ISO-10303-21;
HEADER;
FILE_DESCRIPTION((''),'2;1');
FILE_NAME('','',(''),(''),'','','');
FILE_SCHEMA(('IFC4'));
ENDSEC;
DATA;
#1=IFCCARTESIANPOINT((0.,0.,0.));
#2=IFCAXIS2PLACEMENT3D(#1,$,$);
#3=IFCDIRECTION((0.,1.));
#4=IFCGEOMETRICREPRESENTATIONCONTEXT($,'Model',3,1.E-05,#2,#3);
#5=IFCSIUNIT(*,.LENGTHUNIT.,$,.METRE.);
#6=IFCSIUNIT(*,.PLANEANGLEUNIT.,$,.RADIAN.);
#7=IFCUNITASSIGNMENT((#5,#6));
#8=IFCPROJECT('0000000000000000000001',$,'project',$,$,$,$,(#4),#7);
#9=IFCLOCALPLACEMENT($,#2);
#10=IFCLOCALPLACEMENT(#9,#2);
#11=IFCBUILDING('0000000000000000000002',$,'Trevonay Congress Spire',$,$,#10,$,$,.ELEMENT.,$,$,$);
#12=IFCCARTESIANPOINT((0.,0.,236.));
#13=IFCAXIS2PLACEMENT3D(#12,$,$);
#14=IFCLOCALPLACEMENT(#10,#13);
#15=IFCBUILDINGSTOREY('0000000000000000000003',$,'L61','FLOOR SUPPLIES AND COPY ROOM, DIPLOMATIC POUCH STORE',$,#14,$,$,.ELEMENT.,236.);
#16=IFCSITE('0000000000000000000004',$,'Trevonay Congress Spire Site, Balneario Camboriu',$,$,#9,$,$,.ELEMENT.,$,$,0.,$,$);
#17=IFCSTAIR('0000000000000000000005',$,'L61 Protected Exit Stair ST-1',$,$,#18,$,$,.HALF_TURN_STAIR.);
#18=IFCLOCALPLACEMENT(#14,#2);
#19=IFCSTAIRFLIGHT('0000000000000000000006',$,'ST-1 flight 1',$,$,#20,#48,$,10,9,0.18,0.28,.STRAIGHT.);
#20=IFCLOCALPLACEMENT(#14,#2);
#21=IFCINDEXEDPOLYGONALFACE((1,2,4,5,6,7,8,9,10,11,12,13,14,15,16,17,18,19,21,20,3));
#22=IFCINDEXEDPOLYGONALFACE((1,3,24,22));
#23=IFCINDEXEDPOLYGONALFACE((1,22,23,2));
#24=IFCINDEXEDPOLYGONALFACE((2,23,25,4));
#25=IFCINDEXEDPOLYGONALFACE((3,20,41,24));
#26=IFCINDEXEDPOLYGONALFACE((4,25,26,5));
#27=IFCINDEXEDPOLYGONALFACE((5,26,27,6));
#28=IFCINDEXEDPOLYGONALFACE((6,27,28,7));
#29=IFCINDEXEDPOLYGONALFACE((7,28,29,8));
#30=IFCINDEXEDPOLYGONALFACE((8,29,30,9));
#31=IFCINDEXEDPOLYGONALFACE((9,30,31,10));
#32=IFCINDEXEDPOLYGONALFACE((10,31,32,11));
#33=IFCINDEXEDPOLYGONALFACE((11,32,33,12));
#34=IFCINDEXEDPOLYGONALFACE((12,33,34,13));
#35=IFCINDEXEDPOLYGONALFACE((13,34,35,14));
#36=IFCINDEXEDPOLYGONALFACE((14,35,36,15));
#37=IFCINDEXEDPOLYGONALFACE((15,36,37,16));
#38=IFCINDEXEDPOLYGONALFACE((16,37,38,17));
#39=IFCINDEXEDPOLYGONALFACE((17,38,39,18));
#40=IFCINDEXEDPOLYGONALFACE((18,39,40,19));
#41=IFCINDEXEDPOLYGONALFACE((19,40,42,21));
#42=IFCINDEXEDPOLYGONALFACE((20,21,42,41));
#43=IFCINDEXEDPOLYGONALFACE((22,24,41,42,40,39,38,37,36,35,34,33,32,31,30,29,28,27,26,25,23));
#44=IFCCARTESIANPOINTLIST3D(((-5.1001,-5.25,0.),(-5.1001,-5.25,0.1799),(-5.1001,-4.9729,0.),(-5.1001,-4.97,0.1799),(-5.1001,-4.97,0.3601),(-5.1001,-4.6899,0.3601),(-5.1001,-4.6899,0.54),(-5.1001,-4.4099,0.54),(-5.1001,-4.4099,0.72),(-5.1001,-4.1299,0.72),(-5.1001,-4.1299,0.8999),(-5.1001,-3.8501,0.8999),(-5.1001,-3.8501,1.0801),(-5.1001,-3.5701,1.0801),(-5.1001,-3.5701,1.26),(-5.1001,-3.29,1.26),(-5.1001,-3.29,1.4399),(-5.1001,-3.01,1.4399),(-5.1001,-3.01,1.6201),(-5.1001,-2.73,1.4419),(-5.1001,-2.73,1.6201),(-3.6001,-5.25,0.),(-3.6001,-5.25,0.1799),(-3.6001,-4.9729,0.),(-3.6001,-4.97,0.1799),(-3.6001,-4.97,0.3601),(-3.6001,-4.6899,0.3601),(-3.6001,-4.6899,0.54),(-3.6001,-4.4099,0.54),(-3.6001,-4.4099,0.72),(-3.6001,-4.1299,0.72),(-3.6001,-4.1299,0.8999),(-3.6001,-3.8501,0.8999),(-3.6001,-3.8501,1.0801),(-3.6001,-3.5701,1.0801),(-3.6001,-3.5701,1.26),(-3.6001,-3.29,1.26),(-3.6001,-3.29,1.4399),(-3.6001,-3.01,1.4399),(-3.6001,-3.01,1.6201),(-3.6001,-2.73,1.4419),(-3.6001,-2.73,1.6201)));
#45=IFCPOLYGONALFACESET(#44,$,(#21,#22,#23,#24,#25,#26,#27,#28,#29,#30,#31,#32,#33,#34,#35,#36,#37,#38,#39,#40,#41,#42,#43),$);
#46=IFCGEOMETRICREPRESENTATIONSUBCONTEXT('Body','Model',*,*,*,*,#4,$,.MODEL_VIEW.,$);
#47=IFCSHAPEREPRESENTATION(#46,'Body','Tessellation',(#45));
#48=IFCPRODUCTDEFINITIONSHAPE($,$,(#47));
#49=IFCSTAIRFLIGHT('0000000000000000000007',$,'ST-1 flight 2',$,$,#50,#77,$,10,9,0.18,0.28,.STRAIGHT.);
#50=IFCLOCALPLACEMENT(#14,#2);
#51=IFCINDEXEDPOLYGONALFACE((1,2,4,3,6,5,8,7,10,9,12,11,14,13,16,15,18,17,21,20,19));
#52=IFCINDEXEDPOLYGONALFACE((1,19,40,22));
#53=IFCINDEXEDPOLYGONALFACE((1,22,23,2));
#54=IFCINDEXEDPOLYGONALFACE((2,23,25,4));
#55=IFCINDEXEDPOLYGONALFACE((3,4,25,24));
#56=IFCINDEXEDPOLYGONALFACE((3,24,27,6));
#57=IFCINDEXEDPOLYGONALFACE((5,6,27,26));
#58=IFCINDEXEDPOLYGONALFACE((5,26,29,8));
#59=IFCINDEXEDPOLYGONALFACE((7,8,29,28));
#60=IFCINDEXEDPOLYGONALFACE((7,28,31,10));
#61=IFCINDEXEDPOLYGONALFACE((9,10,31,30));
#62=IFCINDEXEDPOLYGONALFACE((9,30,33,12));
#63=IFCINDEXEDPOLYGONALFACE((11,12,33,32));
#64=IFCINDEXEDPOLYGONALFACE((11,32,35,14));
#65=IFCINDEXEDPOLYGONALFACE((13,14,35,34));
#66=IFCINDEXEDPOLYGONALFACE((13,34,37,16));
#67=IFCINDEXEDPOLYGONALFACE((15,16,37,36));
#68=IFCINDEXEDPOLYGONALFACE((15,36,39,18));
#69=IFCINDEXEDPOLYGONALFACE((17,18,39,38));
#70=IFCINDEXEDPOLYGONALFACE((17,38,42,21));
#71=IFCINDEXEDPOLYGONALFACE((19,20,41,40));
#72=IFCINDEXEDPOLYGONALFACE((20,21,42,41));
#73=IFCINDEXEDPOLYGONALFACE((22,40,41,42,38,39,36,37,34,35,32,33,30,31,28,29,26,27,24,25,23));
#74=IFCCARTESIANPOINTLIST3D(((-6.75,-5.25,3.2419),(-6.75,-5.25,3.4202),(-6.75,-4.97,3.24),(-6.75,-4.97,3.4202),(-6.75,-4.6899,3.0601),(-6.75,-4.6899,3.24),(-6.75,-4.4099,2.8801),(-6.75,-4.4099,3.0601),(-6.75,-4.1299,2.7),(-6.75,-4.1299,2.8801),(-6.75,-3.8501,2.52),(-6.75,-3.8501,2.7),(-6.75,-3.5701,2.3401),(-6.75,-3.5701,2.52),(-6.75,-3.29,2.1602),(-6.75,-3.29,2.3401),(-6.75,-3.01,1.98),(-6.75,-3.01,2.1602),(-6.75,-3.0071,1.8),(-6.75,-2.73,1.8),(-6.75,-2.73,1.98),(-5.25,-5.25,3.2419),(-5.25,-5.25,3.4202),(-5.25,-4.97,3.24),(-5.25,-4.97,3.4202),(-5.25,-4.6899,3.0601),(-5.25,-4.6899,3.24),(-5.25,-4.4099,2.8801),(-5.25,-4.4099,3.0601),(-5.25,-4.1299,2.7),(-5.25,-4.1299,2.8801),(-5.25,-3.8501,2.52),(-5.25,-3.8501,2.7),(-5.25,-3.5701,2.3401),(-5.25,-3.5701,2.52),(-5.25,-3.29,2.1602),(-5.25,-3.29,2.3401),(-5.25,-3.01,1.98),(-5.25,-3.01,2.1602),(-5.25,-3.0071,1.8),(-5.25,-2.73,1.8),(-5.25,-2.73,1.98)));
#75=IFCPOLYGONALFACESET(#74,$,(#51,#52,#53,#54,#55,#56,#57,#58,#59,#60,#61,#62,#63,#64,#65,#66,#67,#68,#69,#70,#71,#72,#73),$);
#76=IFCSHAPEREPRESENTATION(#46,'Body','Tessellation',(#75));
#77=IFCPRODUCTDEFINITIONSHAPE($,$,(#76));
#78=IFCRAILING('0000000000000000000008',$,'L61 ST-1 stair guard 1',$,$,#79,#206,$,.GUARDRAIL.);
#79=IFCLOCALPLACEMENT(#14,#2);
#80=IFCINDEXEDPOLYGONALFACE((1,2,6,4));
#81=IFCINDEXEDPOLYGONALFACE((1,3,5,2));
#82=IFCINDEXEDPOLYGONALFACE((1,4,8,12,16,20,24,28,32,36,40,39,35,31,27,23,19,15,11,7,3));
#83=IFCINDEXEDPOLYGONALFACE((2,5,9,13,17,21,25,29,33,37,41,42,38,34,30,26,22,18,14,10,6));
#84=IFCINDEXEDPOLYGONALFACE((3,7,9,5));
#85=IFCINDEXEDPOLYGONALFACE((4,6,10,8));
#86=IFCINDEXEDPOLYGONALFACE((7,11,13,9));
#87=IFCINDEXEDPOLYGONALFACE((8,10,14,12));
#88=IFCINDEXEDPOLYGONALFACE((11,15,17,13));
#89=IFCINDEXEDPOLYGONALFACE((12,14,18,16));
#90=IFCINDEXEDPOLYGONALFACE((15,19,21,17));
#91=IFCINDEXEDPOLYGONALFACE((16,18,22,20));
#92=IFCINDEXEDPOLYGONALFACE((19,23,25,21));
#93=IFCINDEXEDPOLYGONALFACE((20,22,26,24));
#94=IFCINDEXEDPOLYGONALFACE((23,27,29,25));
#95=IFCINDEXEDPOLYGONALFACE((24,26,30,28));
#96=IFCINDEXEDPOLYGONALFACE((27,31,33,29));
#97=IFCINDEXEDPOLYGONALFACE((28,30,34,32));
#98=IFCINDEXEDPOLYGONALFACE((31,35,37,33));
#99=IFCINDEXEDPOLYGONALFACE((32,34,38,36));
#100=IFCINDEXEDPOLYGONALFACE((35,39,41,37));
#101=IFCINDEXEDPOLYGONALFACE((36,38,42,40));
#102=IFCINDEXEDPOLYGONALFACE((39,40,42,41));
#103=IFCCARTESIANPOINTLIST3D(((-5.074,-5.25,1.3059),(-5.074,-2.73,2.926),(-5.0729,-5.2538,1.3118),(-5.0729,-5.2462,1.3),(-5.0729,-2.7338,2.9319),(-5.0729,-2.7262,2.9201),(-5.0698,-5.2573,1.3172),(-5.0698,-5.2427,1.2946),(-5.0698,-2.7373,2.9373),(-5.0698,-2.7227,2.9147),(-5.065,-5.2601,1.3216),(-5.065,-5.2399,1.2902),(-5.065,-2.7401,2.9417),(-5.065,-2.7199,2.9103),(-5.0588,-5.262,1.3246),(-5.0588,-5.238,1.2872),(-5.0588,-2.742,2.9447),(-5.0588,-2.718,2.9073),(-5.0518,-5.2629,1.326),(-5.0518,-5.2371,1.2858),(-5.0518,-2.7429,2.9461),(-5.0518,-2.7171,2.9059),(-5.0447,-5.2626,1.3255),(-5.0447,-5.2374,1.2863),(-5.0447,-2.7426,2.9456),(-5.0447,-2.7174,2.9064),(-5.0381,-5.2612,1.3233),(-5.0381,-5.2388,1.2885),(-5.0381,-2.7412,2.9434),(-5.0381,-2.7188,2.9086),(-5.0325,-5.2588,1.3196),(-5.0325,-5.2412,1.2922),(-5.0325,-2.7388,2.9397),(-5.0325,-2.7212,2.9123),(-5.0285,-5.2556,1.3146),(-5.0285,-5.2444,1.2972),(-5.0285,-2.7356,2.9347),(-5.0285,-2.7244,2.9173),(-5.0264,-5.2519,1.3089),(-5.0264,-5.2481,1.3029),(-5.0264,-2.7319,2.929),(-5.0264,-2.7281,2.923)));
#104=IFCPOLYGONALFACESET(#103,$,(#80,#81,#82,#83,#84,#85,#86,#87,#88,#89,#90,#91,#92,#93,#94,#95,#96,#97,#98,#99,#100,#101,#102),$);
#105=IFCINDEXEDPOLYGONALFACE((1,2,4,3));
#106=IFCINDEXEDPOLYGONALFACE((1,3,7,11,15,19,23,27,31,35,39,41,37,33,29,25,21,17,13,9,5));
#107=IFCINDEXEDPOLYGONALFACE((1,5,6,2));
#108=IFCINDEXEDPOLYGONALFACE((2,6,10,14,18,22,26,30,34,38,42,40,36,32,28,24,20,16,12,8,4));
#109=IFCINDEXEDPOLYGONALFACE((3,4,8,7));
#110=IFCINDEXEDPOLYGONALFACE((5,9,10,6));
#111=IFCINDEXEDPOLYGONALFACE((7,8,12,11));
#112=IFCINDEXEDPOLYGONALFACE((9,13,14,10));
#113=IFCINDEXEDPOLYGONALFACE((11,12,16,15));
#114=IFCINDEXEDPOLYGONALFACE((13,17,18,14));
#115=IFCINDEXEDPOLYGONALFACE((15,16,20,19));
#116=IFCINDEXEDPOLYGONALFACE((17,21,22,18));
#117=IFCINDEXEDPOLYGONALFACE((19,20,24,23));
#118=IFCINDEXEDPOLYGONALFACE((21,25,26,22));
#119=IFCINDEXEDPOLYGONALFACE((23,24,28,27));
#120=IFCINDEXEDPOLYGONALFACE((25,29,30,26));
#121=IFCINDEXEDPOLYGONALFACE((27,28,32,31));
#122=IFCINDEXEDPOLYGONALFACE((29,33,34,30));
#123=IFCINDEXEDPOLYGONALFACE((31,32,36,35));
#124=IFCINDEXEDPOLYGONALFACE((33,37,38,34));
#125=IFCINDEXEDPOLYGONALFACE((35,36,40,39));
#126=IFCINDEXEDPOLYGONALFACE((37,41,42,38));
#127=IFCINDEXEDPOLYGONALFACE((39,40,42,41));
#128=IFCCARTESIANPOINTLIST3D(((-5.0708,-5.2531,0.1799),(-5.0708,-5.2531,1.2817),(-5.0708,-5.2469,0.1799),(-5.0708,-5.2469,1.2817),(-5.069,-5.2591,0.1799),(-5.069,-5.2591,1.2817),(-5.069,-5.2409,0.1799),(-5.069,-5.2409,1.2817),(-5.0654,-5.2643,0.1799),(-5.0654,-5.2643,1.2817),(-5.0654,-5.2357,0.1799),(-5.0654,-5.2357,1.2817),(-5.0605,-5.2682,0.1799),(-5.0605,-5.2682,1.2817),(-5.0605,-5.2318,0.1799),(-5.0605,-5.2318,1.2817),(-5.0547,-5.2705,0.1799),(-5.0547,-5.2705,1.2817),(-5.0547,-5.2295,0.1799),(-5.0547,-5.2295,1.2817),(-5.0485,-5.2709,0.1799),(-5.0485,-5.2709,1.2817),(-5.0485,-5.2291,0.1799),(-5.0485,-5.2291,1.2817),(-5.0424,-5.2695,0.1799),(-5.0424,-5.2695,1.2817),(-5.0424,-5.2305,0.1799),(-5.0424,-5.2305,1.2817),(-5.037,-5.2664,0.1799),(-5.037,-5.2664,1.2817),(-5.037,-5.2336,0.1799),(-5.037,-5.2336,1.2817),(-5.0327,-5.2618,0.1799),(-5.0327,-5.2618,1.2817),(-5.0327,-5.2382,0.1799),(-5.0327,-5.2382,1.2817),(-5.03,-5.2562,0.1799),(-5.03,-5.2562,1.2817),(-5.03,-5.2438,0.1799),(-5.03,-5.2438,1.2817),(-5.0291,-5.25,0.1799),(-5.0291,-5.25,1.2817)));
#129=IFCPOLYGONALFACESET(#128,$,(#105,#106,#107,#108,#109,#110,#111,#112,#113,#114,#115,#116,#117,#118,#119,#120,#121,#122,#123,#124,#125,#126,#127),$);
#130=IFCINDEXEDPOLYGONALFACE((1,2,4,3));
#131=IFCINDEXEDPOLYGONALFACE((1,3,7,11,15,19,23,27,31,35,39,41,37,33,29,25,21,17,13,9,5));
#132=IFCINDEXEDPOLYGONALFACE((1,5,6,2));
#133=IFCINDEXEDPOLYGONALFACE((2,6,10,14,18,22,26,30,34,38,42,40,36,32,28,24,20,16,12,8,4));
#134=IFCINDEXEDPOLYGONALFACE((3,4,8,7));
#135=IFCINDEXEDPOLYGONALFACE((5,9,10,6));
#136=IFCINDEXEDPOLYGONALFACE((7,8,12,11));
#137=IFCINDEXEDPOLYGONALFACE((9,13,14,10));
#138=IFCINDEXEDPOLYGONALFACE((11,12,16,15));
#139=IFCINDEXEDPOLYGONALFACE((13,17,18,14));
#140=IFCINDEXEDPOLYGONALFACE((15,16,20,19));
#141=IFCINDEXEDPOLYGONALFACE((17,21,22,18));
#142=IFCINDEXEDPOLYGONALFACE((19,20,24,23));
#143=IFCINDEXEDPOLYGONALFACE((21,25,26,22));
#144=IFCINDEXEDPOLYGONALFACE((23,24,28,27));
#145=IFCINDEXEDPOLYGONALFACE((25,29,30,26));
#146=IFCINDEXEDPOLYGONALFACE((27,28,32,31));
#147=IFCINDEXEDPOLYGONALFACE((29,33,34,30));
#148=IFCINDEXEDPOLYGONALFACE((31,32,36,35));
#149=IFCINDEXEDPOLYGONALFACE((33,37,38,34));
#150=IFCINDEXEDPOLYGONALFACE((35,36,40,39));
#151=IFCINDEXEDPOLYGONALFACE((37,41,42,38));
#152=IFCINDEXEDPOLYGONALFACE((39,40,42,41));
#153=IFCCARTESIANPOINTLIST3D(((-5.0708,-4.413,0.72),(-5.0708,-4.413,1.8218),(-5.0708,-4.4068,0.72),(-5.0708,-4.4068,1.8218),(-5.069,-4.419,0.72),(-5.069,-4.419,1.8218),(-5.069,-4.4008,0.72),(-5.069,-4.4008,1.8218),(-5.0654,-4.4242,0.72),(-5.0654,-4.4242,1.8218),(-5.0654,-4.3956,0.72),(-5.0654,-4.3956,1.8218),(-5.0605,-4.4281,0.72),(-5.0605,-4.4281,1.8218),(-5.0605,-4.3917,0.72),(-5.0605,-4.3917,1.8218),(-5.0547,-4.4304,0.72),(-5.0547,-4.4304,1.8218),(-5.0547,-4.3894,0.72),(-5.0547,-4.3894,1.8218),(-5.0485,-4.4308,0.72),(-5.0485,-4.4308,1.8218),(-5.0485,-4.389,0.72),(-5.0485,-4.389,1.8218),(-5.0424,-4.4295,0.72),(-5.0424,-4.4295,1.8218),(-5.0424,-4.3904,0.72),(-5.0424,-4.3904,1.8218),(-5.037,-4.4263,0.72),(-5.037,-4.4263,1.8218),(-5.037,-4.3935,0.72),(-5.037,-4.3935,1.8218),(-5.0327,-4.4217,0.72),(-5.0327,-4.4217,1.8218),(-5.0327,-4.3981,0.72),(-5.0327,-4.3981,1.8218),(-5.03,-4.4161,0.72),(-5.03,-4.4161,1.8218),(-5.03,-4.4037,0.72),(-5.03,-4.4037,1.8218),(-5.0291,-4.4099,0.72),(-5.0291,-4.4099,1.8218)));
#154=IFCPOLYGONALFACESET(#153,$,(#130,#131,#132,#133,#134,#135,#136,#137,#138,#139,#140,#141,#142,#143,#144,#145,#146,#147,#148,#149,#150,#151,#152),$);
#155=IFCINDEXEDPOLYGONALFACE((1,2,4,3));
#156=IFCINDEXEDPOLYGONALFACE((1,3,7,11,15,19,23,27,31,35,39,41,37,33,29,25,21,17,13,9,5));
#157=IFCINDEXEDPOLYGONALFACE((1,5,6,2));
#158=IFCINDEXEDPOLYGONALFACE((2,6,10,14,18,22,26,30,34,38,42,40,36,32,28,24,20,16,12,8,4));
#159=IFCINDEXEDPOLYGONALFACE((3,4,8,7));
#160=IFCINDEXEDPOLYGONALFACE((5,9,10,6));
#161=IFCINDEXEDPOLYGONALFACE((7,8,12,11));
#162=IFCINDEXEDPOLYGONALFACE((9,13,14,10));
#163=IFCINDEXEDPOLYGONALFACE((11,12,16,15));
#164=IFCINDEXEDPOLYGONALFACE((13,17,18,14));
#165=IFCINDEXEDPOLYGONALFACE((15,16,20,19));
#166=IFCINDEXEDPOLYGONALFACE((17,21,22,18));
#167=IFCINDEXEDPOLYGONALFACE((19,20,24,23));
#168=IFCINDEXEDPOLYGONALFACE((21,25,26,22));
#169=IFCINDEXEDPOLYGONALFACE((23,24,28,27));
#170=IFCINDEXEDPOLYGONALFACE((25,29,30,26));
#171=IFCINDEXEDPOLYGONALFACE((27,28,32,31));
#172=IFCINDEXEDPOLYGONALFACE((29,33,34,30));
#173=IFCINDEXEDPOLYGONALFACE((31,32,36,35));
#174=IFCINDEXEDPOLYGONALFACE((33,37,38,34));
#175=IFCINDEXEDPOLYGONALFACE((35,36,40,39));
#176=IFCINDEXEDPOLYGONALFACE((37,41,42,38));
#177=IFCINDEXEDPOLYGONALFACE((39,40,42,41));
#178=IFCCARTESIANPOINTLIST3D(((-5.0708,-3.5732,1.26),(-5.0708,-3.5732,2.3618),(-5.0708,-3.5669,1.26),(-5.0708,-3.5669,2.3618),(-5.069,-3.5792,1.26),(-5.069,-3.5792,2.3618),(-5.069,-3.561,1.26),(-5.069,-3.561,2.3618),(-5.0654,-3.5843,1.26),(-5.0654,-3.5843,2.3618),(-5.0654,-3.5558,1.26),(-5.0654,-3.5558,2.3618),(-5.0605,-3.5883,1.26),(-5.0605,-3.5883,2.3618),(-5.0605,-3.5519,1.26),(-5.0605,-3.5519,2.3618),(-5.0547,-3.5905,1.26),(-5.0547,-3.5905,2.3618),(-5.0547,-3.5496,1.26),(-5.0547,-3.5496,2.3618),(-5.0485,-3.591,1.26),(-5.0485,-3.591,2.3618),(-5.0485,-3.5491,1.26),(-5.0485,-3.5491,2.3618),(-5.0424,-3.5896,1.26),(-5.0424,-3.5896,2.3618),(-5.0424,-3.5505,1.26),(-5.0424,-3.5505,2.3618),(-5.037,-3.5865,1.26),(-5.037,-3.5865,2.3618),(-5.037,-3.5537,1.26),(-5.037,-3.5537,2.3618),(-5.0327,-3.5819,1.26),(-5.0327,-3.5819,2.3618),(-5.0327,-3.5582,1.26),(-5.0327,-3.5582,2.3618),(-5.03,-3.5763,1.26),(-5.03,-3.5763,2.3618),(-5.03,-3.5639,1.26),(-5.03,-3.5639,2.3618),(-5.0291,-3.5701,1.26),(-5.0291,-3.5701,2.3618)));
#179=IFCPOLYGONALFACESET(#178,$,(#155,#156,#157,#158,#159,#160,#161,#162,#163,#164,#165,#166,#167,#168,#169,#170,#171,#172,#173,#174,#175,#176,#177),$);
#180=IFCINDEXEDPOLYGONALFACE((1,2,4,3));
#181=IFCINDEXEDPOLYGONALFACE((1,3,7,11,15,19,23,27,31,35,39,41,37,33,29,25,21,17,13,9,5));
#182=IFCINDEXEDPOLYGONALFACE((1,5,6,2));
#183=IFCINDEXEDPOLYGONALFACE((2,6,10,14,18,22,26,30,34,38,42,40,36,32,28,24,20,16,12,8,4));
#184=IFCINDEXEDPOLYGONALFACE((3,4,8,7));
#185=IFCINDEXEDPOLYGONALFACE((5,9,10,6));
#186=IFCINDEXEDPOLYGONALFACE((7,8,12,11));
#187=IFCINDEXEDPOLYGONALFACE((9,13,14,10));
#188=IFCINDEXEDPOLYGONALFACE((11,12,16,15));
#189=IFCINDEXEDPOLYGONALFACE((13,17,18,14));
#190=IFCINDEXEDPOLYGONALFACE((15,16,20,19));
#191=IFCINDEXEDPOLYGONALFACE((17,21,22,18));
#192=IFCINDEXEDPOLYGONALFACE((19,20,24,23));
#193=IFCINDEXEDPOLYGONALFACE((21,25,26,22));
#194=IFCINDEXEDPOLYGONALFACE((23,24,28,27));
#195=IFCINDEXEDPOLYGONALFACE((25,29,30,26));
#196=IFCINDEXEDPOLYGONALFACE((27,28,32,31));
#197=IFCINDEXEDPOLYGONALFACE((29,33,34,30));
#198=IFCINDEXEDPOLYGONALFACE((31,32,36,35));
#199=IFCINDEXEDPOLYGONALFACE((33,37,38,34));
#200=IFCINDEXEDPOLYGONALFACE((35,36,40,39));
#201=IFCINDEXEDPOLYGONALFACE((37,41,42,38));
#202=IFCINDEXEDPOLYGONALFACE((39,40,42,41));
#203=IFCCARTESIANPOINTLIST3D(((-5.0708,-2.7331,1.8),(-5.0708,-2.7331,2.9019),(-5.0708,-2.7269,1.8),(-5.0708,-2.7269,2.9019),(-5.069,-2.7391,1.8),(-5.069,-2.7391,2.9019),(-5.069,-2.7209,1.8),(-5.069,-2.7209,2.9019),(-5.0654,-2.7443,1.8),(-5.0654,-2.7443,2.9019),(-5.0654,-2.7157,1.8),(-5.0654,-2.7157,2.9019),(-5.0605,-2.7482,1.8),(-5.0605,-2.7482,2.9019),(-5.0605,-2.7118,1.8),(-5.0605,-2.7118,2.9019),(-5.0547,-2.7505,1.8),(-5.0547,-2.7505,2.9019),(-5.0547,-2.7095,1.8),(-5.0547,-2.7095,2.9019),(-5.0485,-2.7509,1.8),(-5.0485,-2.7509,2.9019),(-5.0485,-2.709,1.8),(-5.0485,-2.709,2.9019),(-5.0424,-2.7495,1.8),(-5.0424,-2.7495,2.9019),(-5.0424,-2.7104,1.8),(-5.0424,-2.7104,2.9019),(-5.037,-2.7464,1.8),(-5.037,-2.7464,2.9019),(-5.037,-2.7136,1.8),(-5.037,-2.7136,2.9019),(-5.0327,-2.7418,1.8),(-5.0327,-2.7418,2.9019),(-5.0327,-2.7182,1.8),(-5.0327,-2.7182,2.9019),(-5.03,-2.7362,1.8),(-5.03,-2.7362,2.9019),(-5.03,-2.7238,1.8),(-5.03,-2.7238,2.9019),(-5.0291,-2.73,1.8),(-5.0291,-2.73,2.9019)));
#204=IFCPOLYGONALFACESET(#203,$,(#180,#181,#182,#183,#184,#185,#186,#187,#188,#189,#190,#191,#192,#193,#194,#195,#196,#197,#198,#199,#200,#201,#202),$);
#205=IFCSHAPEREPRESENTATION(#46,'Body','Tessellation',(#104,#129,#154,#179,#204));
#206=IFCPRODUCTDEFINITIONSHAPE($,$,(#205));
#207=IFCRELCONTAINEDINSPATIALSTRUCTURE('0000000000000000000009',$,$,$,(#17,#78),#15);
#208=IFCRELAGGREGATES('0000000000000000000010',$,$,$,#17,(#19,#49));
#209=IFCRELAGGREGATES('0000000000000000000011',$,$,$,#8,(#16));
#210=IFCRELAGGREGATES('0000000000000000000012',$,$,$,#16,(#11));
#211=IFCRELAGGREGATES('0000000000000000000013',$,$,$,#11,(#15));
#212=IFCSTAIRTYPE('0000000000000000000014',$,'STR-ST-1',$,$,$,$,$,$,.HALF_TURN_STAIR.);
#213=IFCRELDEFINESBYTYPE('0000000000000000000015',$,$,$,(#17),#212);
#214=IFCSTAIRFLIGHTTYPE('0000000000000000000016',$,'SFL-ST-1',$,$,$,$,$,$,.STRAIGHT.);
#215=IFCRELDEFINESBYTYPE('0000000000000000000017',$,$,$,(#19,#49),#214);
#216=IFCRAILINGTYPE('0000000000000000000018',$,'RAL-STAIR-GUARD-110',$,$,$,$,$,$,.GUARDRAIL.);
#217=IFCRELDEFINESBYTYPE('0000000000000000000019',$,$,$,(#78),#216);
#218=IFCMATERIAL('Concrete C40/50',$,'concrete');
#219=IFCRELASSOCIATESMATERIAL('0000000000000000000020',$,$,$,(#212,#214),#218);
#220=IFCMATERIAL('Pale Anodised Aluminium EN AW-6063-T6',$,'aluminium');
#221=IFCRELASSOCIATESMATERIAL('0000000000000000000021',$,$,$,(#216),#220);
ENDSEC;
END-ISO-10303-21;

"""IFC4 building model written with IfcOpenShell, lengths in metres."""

from ifc_helpers import new_model, si_unit, direction, frame, origin, origin_2d, place, context, subcontext, project, spatial, polyline, circle, outline, extrude, material, type_object, element, aggregate, save


model = new_model("IFC4")

# Units and contexts
model_context = context("Model", 3, precision=1e-05, world=origin(), true_north=direction((0.0, 1.0)))
body_context = subcontext(model_context, "Body", "Model", "MODEL_VIEW")
ifc_project = project(units=[si_unit("LENGTHUNIT", "METRE"), si_unit("PLANEANGLEUNIT", "RADIAN")], contexts=[model_context])

# Site, building, storey
site_placement = place(None, origin())
site = spatial("IfcSite", under=ifc_project, at=site_placement, Name="Trevonay Congress Spire Site, Balneario Camboriu", CompositionType="ELEMENT", RefElevation=0.0)
building_placement = place(site_placement, origin())
building = spatial("IfcBuilding", under=site, at=building_placement, Name="Trevonay Congress Spire", CompositionType="ELEMENT")
storey_placement = place(building_placement, frame((0.0, 0.0, 236.0)))
storey = spatial("IfcBuildingStorey", under=building, at=storey_placement, Name="L61", Description="FLOOR SUPPLIES AND COPY ROOM, DIPLOMATIC POUCH STORE", CompositionType="ELEMENT", Elevation=236.0)

# Shared definitions
ifc_material_1 = material(Name="Concrete C40/50", Category="concrete")

# Stair, stair flights
stair_type = type_object("IfcStairType", Name="STR-ST-1", PredefinedType="HALF_TURN_STAIR", material=ifc_material_1)
stair_placement = place(storey_placement, origin())
stair = element("IfcStair", 1, at=stair_placement, inside=storey, type_object=stair_type, Name="L61 Protected Exit Stair ST-1", PredefinedType="HALF_TURN_STAIR")
stair_flight_type = type_object("IfcStairFlightType", Name="SFL-ST-1", PredefinedType="STRAIGHT", material=ifc_material_1)
stair_flight_1_placement = place(storey_placement, frame((-4.3501, -5.25, 0.0), z_axis=(0.0, 0.0, 1.0), x_axis=(0.0, 1.0, 0.0)))
stair_flight_1 = element("IfcStairFlight", 2, at=stair_flight_1_placement, type_object=stair_flight_type, Name="ST-1 flight 1", NumberOfRisers=10, NumberOfTreads=9, PredefinedType="STRAIGHT", RiserHeight=0.18, TreadLength=0.28, context=body_context, shape_type="SweptSolid", body=[
    extrude(outline(polyline([(0.0, 0.0), (0.0, 0.1799), (0.28, 0.1799), (0.28, 0.3601), (0.5601, 0.3601), (0.5601, 0.54), (0.8401, 0.54), (0.8401, 0.72), (1.1201, 0.72), (1.1201, 0.8999), (1.3999, 0.8999), (1.3999, 1.0801), (1.6799, 1.0801), (1.6799, 1.26), (1.96, 1.26), (1.96, 1.4399), (2.24, 1.4399), (2.24, 1.6201), (2.52, 1.6201), (2.52, 1.8), (2.52, 1.4419), (0.2771, 0.0), (0.0, 0.0)])), frame((0.0, 0.75, 0.0), z_axis=(0.0, -1.0, 0.0), x_axis=(1.0, 0.0, 0.0)), (0.0, 0.0, 1.0), 1.5),
])
stair_flight_2_placement = place(storey_placement, frame((-6.0, -2.73, 1.8), z_axis=(0.0, 0.0, 1.0), x_axis=(0.0, -1.0, 0.0)))
stair_flight_2 = element("IfcStairFlight", 3, at=stair_flight_2_placement, type_object=stair_flight_type, Name="ST-1 flight 2", NumberOfRisers=10, NumberOfTreads=9, PredefinedType="STRAIGHT", RiserHeight=0.18, TreadLength=0.28, context=body_context, shape_type="SweptSolid", body=[
    extrude(outline(polyline([(0.0, 0.0), (0.0, 0.1799), (0.28, 0.1799), (0.28, 0.3601), (0.5601, 0.3601), (0.5601, 0.54), (0.8401, 0.54), (0.8401, 0.72), (1.1201, 0.72), (1.1201, 0.8999), (1.3999, 0.8999), (1.3999, 1.0801), (1.6799, 1.0801), (1.6799, 1.26), (1.96, 1.26), (1.96, 1.4399), (2.24, 1.4399), (2.24, 1.6201), (2.52, 1.6201), (2.52, 1.8), (2.52, 1.4419), (0.2771, 0.0), (0.0, 0.0)])), frame((0.0, 0.75, 0.0), z_axis=(0.0, -1.0, 0.0), x_axis=(1.0, 0.0, 0.0)), (0.0, 0.0, 1.0), 1.5),
])
aggregate(stair, [stair_flight_1, stair_flight_2])

# Railing
ifc_material_2 = material(Name="Pale Anodised Aluminium EN AW-6063-T6", Category="aluminium")
railing_type_1 = type_object("IfcRailingType", Name="RAL-STAIR-GUARD-110", PredefinedType="GUARDRAIL", material=ifc_material_2)
railing_1_placement = place(storey_placement, frame((-5.05, -5.25, 0.1799)))
element("IfcRailing", 4, at=railing_1_placement, inside=storey, type_object=railing_type_1, Name="L61 ST-1 stair guard 1", PredefinedType="GUARDRAIL", context=body_context, shape_type="SweptSolid", body=[
    extrude(circle(Radius=0.0239, at=origin_2d()), frame((0.0, 0.0, 1.126), z_axis=(0.0, 0.841163, 0.540782), x_axis=(-1.0, 0.0, 0.0)), (0.0, 0.0, 1.0), 2.9958),
    extrude(circle(Radius=0.021, at=origin_2d()), origin(), (0.0, 0.0, 1.0), 1.1018),
    extrude(circle(Radius=0.021, at=origin_2d()), frame((0.0, 0.8401, 0.54)), (0.0, 0.0, 1.0), 1.1018),
    extrude(circle(Radius=0.021, at=origin_2d()), frame((0.0, 1.6799, 1.0801)), (0.0, 0.0, 1.0), 1.1018),
    extrude(circle(Radius=0.021, at=origin_2d()), frame((0.0, 2.52, 1.6201)), (0.0, 0.0, 1.0), 1.1018),
])

save(model, "model.ifc")
